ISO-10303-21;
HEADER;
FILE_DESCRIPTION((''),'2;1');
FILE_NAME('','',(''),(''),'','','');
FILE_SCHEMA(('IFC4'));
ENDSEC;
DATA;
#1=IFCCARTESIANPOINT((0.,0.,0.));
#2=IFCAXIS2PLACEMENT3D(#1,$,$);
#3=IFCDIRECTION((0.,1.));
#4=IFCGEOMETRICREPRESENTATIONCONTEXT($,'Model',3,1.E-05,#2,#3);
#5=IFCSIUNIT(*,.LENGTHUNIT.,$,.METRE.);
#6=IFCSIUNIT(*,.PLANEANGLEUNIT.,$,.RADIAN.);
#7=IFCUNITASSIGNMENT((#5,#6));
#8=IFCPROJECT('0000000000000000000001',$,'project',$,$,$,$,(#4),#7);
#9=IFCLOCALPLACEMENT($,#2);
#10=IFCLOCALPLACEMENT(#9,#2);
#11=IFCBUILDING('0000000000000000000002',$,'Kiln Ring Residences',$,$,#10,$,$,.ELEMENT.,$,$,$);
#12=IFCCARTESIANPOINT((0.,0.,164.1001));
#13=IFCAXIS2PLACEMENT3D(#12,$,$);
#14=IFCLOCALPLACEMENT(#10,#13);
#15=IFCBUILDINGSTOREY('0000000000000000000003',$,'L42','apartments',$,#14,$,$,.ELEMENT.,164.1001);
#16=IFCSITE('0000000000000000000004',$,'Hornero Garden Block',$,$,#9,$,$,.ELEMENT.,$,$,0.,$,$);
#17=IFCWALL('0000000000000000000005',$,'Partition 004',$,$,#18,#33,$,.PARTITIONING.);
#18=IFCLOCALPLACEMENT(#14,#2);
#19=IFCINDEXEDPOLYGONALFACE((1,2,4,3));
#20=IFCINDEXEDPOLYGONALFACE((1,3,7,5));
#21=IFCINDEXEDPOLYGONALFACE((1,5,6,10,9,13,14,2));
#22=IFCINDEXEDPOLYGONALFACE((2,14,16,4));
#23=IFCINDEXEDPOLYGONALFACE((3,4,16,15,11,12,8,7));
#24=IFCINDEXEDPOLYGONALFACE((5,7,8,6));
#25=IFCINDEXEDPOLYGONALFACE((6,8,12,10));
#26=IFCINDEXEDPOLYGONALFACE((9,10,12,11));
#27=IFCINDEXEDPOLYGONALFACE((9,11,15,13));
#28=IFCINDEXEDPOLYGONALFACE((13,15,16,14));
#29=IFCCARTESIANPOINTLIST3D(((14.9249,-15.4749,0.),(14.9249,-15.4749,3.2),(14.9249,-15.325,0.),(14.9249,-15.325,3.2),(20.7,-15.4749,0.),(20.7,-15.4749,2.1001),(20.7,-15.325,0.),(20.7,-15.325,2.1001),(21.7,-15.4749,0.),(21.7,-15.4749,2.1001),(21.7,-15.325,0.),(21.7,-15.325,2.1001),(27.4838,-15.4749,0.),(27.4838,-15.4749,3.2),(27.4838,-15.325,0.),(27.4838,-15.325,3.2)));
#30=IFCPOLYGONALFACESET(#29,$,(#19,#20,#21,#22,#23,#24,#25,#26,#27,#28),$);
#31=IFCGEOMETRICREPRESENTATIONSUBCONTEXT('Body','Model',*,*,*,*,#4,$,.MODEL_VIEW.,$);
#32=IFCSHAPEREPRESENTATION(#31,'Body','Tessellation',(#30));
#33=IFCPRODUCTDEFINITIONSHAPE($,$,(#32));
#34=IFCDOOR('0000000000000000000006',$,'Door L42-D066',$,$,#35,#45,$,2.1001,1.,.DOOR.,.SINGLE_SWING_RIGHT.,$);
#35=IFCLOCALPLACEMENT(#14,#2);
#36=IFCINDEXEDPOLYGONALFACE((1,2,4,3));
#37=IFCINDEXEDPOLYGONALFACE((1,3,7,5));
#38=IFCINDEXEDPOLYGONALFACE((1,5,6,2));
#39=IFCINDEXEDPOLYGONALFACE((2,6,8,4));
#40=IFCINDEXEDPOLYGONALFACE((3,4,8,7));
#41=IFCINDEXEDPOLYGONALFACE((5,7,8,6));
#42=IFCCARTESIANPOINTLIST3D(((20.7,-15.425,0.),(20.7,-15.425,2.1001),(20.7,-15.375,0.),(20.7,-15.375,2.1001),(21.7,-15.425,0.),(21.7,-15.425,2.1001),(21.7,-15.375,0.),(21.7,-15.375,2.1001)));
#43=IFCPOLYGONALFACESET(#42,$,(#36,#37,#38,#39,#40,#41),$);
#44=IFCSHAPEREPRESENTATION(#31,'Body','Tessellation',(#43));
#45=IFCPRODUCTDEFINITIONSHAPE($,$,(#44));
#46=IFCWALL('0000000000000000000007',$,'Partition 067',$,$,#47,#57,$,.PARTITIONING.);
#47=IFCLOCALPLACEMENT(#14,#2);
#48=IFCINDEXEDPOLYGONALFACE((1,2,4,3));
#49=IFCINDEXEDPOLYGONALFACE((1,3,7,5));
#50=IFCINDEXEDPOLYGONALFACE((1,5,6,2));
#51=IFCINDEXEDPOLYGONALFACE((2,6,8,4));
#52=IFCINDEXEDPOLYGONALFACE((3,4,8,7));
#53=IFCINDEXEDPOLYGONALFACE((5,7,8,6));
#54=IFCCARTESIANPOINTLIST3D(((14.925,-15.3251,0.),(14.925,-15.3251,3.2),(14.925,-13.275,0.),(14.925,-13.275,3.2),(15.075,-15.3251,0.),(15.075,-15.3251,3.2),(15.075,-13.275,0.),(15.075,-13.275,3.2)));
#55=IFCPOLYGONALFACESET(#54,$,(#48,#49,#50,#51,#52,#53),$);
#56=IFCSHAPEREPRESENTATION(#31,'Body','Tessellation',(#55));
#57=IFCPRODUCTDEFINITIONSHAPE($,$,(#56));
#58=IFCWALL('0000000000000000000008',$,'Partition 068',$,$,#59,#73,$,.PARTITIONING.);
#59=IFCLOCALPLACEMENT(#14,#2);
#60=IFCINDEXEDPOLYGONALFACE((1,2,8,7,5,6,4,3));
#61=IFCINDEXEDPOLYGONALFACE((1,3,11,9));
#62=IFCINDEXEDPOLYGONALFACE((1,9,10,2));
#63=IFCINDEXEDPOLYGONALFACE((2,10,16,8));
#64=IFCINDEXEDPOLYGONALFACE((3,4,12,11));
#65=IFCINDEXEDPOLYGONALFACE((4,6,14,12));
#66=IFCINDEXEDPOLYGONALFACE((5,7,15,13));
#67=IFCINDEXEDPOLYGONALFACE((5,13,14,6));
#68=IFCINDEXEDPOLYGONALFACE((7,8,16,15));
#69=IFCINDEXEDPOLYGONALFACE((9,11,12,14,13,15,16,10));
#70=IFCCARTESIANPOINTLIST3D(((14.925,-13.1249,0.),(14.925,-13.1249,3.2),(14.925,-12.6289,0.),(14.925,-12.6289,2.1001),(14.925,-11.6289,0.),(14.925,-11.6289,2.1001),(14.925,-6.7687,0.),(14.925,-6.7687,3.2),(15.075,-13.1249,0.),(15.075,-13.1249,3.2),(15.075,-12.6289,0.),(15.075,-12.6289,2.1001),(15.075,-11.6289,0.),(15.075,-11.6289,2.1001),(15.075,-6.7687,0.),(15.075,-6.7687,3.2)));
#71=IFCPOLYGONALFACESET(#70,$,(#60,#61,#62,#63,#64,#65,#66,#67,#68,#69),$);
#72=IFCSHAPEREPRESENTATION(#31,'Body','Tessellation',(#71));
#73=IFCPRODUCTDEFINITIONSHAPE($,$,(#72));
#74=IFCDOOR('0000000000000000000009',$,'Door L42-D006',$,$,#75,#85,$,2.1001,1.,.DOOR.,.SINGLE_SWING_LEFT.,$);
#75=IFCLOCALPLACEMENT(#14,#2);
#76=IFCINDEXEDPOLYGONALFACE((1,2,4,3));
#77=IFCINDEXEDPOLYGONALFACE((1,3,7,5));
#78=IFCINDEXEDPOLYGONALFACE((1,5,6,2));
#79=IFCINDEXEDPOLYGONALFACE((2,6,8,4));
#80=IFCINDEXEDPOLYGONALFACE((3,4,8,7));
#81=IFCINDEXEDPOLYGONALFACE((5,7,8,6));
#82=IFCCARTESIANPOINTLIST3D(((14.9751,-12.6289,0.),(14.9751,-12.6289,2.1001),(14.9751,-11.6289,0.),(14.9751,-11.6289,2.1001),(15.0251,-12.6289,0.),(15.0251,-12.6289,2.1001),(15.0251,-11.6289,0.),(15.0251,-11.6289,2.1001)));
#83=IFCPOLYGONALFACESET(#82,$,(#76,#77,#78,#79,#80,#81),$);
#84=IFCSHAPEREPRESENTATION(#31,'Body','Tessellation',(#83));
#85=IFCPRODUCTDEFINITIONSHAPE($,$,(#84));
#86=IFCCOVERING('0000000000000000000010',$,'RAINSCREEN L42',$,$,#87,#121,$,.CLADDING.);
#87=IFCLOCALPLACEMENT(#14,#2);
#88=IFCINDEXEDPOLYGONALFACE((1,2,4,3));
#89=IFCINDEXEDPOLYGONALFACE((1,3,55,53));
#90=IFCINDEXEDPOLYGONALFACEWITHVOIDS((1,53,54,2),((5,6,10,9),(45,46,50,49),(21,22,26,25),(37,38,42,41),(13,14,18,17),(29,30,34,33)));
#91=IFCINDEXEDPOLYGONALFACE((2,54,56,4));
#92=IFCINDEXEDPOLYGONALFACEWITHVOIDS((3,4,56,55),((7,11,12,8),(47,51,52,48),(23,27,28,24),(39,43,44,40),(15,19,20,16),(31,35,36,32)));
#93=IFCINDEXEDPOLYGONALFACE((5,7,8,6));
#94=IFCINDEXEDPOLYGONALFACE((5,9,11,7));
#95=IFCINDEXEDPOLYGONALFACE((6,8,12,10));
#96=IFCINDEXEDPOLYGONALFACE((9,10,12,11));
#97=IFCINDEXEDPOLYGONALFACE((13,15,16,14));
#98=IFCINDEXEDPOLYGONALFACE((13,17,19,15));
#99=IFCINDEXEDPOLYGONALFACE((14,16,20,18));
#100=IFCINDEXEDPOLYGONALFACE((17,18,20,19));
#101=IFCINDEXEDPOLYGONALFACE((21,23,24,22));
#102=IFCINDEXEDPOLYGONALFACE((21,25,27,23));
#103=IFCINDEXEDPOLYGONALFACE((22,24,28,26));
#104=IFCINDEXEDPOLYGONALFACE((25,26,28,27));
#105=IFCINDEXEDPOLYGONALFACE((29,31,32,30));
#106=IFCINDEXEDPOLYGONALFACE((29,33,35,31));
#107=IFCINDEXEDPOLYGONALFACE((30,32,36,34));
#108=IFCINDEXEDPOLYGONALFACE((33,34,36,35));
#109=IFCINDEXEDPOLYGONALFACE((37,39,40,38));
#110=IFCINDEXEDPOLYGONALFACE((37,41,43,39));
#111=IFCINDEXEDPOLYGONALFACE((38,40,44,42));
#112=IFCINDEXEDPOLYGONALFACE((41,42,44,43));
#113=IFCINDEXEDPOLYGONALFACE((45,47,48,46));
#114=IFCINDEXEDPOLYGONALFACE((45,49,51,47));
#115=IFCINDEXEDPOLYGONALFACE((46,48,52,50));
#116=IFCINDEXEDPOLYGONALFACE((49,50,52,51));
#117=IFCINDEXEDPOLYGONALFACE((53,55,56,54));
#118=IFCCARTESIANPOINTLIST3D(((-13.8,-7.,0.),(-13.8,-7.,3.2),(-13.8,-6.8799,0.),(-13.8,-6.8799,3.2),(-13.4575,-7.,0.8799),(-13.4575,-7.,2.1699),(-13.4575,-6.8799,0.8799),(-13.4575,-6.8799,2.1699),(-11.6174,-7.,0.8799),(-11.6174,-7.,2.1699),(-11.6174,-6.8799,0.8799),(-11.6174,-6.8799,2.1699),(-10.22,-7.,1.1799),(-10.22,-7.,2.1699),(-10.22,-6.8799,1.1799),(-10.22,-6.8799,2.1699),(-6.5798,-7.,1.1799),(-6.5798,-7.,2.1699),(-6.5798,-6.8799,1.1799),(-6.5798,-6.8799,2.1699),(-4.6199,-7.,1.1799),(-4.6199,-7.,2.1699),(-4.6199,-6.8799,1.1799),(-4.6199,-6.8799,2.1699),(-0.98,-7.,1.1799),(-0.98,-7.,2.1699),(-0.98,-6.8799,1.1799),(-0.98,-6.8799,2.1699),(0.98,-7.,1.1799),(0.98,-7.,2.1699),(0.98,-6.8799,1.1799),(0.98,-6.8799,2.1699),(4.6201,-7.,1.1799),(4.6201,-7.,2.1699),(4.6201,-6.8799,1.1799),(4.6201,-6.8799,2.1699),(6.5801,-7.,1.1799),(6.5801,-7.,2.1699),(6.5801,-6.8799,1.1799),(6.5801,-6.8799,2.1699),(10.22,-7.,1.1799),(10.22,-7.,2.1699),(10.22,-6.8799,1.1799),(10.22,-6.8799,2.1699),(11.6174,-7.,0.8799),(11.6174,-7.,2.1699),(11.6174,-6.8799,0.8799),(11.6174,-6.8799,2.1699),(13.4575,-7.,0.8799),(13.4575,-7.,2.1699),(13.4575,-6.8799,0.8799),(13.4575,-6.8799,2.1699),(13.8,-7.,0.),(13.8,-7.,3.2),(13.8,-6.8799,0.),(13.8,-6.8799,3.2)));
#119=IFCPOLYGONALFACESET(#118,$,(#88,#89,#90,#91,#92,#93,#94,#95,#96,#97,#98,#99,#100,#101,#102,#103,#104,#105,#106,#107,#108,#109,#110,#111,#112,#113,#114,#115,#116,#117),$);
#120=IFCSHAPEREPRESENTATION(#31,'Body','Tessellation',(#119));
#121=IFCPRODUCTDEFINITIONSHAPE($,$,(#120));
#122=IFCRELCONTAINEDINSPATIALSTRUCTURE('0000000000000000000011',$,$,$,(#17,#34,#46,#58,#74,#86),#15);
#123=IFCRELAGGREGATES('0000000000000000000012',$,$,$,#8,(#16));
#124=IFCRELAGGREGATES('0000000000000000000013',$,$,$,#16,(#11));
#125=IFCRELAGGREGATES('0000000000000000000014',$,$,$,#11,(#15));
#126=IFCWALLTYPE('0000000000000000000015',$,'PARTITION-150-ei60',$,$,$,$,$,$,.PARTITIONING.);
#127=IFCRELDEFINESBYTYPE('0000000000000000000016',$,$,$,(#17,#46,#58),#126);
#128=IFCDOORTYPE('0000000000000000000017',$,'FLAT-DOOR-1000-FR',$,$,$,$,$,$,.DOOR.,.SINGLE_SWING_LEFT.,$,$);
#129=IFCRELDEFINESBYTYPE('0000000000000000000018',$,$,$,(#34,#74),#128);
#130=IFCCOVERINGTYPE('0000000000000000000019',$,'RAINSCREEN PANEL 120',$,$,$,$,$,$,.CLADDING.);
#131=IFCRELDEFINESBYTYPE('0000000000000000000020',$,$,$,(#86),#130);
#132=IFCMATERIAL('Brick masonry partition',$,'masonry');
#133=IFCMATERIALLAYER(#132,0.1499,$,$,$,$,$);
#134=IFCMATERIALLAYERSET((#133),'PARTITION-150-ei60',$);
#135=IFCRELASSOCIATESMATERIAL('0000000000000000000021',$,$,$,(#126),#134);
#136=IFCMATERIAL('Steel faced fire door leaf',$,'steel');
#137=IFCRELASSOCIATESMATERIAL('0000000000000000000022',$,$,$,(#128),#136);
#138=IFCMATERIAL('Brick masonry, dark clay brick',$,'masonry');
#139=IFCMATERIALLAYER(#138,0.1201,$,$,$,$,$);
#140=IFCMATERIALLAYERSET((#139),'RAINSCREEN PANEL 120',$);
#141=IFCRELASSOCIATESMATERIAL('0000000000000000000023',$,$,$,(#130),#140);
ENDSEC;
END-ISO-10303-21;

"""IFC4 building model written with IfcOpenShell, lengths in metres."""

from ifc_helpers import new_model, si_unit, direction, frame, frame_2d, origin, place, context, subcontext, project, spatial, polyline, rectangle, outline, extrude, material, layer, layer_set, type_object, element, fill, save


model = new_model("IFC4")

# Units and contexts
model_context = context("Model", 3, precision=1e-05, world=origin(), true_north=direction((0.0, 1.0)))
body_context = subcontext(model_context, "Body", "Model", "MODEL_VIEW")
ifc_project = project(units=[si_unit("LENGTHUNIT", "METRE"), si_unit("PLANEANGLEUNIT", "RADIAN")], contexts=[model_context])

# Site, building, storey
site_placement = place(None, origin())
site = spatial("IfcSite", under=ifc_project, at=site_placement, Name="Hornero Garden Block", CompositionType="ELEMENT", RefElevation=0.0)
building_placement = place(site_placement, origin())
building = spatial("IfcBuilding", under=site, at=building_placement, Name="Kiln Ring Residences", CompositionType="ELEMENT")
storey_placement = place(building_placement, frame((0.0, 0.0, 164.1001)))
storey = spatial("IfcBuildingStorey", under=building, at=storey_placement, Name="L42", Description="apartments", CompositionType="ELEMENT", Elevation=164.1001)

# Wall, opening, door
ifc_material_1 = material(Name="Brick masonry partition", Category="masonry")
ifc_layer_1 = layer(ifc_material_1, 0.1499)
ifc_layer_set_1 = layer_set([ifc_layer_1], Name="PARTITION-150-ei60")
wall_type_1 = type_object("IfcWallType", Name="PARTITION-150-ei60", PredefinedType="PARTITIONING", material=ifc_layer_set_1)
wall_1_placement = place(storey_placement, frame((14.925, -15.3999, 0.0), z_axis=(0.0, 0.0, 1.0), x_axis=(1.0, 0.0, 0.0)))
wall_1 = element("IfcWall", 1, at=wall_1_placement, inside=storey, type_object=wall_type_1, Name="Partition 004", PredefinedType="PARTITIONING", context=body_context, shape_type="SweptSolid", body=[
    extrude(rectangle(XDim=12.5588, YDim=0.1499, at=frame_2d((6.2793, 0.0))), origin(), (0.0, 0.0, 1.0), 3.2),
])
opening_1_placement = place(wall_1_placement, frame((5.7749, 0.0, 0.0)))
opening_1 = element("IfcOpeningElement", 2, at=opening_1_placement, cuts=wall_1, PredefinedType="OPENING", context=body_context, shape_type="SweptSolid", body=[
    extrude(rectangle(XDim=1.0, YDim=2.1001, at=frame_2d((0.5, 1.05))), frame((0.0, 0.085, 0.0), z_axis=(0.0, -1.0, 0.0), x_axis=(1.0, 0.0, 0.0)), (0.0, 0.0, 1.0), 0.1699),
])
ifc_material_2 = material(Name="Steel faced fire door leaf", Category="steel")
door_type_1 = type_object("IfcDoorType", Name="FLAT-DOOR-1000-FR", OperationType="SINGLE_SWING_LEFT", PredefinedType="DOOR", material=ifc_material_2)
door_1_placement = place(opening_1_placement, origin())
door_1 = element("IfcDoor", 3, at=door_1_placement, inside=storey, type_object=door_type_1, Name="Door L42-D066", OperationType="SINGLE_SWING_RIGHT", OverallHeight=2.1001, OverallWidth=1.0, PredefinedType="DOOR", context=body_context, shape_type="SweptSolid", body=[
    extrude(rectangle(XDim=1.0, YDim=2.1001, at=frame_2d((0.5, 1.05))), frame((0.0, 0.0249, 0.0), z_axis=(0.0, -1.0, 0.0), x_axis=(1.0, 0.0, 0.0)), (0.0, 0.0, 1.0), 0.05),
])
fill(opening_1, door_1)

# Wall
wall_2_placement = place(storey_placement, frame((15.0, -15.325, 0.0), z_axis=(0.0, 0.0, 1.0), x_axis=(0.0, 1.0, 0.0)))
element("IfcWall", 4, at=wall_2_placement, inside=storey, type_object=wall_type_1, Name="Partition 067", PredefinedType="PARTITIONING", context=body_context, shape_type="SweptSolid", body=[
    extrude(rectangle(XDim=2.05, YDim=0.1499, at=frame_2d((1.0249, 0.0))), origin(), (0.0, 0.0, 1.0), 3.2),
])

# Wall, opening, door
wall_3_placement = place(storey_placement, frame((15.0, -13.125, 0.0), z_axis=(0.0, 0.0, 1.0), x_axis=(0.0, 1.0, 0.0)))
wall_3 = element("IfcWall", 5, at=wall_3_placement, inside=storey, type_object=wall_type_1, Name="Partition 068", PredefinedType="PARTITIONING", context=body_context, shape_type="SweptSolid", body=[
    extrude(rectangle(XDim=6.3562, YDim=0.1499, at=frame_2d((3.1782, 0.0))), origin(), (0.0, 0.0, 1.0), 3.2),
])
opening_2_placement = place(wall_3_placement, frame((0.4961, 0.0, 0.0)))
opening_2 = element("IfcOpeningElement", 6, at=opening_2_placement, cuts=wall_3, PredefinedType="OPENING", context=body_context, shape_type="SweptSolid", body=[
    extrude(rectangle(XDim=1.0, YDim=2.1001, at=frame_2d((0.5, 1.05))), frame((0.0, 0.085, 0.0), z_axis=(0.0, -1.0, 0.0), x_axis=(1.0, 0.0, 0.0)), (0.0, 0.0, 1.0), 0.1699),
])
door_2_placement = place(opening_2_placement, origin())
door_2 = element("IfcDoor", 7, at=door_2_placement, inside=storey, type_object=door_type_1, Name="Door L42-D006", OperationType="SINGLE_SWING_LEFT", OverallHeight=2.1001, OverallWidth=1.0, PredefinedType="DOOR", context=body_context, shape_type="SweptSolid", body=[
    extrude(rectangle(XDim=1.0, YDim=2.1001, at=frame_2d((0.5, 1.05))), frame((0.0, 0.0249, 0.0), z_axis=(0.0, -1.0, 0.0), x_axis=(1.0, 0.0, 0.0)), (0.0, 0.0, 1.0), 0.05),
])
fill(opening_2, door_2)

# Covering
ifc_material_3 = material(Name="Brick masonry, dark clay brick", Category="masonry")
ifc_layer_2 = layer(ifc_material_3, 0.1201)
ifc_layer_set_2 = layer_set([ifc_layer_2], Name="RAINSCREEN PANEL 120")
covering_type = type_object("IfcCoveringType", Name="RAINSCREEN PANEL 120", PredefinedType="CLADDING", material=ifc_layer_set_2)
covering_placement = place(storey_placement, frame((13.8, -6.9399, 0.0), z_axis=(0.0, 0.0, 1.0), x_axis=(-1.0, 0.0, 0.0)))
element("IfcCovering", 8, at=covering_placement, inside=storey, type_object=covering_type, Name="RAINSCREEN L42", PredefinedType="CLADDING", context=body_context, shape_type="SweptSolid", body=[
    extrude(outline(polyline([(0.0, 0.0), (27.6001, 0.0), (27.6001, 3.2), (0.0, 3.2), (0.0, 0.0)]), holes=[polyline([(2.1826, 0.8799), (2.1826, 2.1699), (0.3425, 2.1699), (0.3425, 0.8799), (2.1826, 0.8799)]), polyline([(25.4175, 0.8799), (27.2576, 0.8799), (27.2576, 2.1699), (25.4175, 2.1699), (25.4175, 0.8799)]), polyline([(3.5801, 1.1799), (7.22, 1.1799), (7.22, 2.1699), (3.5801, 2.1699), (3.5801, 1.1799)]), polyline([(12.8201, 1.1799), (12.8201, 2.1699), (9.1799, 2.1699), (9.1799, 1.1799), (12.8201, 1.1799)]), polyline([(14.78, 1.1799), (18.4199, 1.1799), (18.4199, 2.1699), (14.78, 2.1699), (14.78, 1.1799)]), polyline([(20.3799, 1.1799), (24.02, 1.1799), (24.02, 2.1699), (20.3799, 2.1699), (20.3799, 1.1799)])]), frame((0.0, 0.0601, 0.0), z_axis=(0.0, -1.0, 0.0), x_axis=(1.0, 0.0, 0.0)), (0.0, 0.0, 1.0), 0.1201),
])

save(model, "model.ifc")
